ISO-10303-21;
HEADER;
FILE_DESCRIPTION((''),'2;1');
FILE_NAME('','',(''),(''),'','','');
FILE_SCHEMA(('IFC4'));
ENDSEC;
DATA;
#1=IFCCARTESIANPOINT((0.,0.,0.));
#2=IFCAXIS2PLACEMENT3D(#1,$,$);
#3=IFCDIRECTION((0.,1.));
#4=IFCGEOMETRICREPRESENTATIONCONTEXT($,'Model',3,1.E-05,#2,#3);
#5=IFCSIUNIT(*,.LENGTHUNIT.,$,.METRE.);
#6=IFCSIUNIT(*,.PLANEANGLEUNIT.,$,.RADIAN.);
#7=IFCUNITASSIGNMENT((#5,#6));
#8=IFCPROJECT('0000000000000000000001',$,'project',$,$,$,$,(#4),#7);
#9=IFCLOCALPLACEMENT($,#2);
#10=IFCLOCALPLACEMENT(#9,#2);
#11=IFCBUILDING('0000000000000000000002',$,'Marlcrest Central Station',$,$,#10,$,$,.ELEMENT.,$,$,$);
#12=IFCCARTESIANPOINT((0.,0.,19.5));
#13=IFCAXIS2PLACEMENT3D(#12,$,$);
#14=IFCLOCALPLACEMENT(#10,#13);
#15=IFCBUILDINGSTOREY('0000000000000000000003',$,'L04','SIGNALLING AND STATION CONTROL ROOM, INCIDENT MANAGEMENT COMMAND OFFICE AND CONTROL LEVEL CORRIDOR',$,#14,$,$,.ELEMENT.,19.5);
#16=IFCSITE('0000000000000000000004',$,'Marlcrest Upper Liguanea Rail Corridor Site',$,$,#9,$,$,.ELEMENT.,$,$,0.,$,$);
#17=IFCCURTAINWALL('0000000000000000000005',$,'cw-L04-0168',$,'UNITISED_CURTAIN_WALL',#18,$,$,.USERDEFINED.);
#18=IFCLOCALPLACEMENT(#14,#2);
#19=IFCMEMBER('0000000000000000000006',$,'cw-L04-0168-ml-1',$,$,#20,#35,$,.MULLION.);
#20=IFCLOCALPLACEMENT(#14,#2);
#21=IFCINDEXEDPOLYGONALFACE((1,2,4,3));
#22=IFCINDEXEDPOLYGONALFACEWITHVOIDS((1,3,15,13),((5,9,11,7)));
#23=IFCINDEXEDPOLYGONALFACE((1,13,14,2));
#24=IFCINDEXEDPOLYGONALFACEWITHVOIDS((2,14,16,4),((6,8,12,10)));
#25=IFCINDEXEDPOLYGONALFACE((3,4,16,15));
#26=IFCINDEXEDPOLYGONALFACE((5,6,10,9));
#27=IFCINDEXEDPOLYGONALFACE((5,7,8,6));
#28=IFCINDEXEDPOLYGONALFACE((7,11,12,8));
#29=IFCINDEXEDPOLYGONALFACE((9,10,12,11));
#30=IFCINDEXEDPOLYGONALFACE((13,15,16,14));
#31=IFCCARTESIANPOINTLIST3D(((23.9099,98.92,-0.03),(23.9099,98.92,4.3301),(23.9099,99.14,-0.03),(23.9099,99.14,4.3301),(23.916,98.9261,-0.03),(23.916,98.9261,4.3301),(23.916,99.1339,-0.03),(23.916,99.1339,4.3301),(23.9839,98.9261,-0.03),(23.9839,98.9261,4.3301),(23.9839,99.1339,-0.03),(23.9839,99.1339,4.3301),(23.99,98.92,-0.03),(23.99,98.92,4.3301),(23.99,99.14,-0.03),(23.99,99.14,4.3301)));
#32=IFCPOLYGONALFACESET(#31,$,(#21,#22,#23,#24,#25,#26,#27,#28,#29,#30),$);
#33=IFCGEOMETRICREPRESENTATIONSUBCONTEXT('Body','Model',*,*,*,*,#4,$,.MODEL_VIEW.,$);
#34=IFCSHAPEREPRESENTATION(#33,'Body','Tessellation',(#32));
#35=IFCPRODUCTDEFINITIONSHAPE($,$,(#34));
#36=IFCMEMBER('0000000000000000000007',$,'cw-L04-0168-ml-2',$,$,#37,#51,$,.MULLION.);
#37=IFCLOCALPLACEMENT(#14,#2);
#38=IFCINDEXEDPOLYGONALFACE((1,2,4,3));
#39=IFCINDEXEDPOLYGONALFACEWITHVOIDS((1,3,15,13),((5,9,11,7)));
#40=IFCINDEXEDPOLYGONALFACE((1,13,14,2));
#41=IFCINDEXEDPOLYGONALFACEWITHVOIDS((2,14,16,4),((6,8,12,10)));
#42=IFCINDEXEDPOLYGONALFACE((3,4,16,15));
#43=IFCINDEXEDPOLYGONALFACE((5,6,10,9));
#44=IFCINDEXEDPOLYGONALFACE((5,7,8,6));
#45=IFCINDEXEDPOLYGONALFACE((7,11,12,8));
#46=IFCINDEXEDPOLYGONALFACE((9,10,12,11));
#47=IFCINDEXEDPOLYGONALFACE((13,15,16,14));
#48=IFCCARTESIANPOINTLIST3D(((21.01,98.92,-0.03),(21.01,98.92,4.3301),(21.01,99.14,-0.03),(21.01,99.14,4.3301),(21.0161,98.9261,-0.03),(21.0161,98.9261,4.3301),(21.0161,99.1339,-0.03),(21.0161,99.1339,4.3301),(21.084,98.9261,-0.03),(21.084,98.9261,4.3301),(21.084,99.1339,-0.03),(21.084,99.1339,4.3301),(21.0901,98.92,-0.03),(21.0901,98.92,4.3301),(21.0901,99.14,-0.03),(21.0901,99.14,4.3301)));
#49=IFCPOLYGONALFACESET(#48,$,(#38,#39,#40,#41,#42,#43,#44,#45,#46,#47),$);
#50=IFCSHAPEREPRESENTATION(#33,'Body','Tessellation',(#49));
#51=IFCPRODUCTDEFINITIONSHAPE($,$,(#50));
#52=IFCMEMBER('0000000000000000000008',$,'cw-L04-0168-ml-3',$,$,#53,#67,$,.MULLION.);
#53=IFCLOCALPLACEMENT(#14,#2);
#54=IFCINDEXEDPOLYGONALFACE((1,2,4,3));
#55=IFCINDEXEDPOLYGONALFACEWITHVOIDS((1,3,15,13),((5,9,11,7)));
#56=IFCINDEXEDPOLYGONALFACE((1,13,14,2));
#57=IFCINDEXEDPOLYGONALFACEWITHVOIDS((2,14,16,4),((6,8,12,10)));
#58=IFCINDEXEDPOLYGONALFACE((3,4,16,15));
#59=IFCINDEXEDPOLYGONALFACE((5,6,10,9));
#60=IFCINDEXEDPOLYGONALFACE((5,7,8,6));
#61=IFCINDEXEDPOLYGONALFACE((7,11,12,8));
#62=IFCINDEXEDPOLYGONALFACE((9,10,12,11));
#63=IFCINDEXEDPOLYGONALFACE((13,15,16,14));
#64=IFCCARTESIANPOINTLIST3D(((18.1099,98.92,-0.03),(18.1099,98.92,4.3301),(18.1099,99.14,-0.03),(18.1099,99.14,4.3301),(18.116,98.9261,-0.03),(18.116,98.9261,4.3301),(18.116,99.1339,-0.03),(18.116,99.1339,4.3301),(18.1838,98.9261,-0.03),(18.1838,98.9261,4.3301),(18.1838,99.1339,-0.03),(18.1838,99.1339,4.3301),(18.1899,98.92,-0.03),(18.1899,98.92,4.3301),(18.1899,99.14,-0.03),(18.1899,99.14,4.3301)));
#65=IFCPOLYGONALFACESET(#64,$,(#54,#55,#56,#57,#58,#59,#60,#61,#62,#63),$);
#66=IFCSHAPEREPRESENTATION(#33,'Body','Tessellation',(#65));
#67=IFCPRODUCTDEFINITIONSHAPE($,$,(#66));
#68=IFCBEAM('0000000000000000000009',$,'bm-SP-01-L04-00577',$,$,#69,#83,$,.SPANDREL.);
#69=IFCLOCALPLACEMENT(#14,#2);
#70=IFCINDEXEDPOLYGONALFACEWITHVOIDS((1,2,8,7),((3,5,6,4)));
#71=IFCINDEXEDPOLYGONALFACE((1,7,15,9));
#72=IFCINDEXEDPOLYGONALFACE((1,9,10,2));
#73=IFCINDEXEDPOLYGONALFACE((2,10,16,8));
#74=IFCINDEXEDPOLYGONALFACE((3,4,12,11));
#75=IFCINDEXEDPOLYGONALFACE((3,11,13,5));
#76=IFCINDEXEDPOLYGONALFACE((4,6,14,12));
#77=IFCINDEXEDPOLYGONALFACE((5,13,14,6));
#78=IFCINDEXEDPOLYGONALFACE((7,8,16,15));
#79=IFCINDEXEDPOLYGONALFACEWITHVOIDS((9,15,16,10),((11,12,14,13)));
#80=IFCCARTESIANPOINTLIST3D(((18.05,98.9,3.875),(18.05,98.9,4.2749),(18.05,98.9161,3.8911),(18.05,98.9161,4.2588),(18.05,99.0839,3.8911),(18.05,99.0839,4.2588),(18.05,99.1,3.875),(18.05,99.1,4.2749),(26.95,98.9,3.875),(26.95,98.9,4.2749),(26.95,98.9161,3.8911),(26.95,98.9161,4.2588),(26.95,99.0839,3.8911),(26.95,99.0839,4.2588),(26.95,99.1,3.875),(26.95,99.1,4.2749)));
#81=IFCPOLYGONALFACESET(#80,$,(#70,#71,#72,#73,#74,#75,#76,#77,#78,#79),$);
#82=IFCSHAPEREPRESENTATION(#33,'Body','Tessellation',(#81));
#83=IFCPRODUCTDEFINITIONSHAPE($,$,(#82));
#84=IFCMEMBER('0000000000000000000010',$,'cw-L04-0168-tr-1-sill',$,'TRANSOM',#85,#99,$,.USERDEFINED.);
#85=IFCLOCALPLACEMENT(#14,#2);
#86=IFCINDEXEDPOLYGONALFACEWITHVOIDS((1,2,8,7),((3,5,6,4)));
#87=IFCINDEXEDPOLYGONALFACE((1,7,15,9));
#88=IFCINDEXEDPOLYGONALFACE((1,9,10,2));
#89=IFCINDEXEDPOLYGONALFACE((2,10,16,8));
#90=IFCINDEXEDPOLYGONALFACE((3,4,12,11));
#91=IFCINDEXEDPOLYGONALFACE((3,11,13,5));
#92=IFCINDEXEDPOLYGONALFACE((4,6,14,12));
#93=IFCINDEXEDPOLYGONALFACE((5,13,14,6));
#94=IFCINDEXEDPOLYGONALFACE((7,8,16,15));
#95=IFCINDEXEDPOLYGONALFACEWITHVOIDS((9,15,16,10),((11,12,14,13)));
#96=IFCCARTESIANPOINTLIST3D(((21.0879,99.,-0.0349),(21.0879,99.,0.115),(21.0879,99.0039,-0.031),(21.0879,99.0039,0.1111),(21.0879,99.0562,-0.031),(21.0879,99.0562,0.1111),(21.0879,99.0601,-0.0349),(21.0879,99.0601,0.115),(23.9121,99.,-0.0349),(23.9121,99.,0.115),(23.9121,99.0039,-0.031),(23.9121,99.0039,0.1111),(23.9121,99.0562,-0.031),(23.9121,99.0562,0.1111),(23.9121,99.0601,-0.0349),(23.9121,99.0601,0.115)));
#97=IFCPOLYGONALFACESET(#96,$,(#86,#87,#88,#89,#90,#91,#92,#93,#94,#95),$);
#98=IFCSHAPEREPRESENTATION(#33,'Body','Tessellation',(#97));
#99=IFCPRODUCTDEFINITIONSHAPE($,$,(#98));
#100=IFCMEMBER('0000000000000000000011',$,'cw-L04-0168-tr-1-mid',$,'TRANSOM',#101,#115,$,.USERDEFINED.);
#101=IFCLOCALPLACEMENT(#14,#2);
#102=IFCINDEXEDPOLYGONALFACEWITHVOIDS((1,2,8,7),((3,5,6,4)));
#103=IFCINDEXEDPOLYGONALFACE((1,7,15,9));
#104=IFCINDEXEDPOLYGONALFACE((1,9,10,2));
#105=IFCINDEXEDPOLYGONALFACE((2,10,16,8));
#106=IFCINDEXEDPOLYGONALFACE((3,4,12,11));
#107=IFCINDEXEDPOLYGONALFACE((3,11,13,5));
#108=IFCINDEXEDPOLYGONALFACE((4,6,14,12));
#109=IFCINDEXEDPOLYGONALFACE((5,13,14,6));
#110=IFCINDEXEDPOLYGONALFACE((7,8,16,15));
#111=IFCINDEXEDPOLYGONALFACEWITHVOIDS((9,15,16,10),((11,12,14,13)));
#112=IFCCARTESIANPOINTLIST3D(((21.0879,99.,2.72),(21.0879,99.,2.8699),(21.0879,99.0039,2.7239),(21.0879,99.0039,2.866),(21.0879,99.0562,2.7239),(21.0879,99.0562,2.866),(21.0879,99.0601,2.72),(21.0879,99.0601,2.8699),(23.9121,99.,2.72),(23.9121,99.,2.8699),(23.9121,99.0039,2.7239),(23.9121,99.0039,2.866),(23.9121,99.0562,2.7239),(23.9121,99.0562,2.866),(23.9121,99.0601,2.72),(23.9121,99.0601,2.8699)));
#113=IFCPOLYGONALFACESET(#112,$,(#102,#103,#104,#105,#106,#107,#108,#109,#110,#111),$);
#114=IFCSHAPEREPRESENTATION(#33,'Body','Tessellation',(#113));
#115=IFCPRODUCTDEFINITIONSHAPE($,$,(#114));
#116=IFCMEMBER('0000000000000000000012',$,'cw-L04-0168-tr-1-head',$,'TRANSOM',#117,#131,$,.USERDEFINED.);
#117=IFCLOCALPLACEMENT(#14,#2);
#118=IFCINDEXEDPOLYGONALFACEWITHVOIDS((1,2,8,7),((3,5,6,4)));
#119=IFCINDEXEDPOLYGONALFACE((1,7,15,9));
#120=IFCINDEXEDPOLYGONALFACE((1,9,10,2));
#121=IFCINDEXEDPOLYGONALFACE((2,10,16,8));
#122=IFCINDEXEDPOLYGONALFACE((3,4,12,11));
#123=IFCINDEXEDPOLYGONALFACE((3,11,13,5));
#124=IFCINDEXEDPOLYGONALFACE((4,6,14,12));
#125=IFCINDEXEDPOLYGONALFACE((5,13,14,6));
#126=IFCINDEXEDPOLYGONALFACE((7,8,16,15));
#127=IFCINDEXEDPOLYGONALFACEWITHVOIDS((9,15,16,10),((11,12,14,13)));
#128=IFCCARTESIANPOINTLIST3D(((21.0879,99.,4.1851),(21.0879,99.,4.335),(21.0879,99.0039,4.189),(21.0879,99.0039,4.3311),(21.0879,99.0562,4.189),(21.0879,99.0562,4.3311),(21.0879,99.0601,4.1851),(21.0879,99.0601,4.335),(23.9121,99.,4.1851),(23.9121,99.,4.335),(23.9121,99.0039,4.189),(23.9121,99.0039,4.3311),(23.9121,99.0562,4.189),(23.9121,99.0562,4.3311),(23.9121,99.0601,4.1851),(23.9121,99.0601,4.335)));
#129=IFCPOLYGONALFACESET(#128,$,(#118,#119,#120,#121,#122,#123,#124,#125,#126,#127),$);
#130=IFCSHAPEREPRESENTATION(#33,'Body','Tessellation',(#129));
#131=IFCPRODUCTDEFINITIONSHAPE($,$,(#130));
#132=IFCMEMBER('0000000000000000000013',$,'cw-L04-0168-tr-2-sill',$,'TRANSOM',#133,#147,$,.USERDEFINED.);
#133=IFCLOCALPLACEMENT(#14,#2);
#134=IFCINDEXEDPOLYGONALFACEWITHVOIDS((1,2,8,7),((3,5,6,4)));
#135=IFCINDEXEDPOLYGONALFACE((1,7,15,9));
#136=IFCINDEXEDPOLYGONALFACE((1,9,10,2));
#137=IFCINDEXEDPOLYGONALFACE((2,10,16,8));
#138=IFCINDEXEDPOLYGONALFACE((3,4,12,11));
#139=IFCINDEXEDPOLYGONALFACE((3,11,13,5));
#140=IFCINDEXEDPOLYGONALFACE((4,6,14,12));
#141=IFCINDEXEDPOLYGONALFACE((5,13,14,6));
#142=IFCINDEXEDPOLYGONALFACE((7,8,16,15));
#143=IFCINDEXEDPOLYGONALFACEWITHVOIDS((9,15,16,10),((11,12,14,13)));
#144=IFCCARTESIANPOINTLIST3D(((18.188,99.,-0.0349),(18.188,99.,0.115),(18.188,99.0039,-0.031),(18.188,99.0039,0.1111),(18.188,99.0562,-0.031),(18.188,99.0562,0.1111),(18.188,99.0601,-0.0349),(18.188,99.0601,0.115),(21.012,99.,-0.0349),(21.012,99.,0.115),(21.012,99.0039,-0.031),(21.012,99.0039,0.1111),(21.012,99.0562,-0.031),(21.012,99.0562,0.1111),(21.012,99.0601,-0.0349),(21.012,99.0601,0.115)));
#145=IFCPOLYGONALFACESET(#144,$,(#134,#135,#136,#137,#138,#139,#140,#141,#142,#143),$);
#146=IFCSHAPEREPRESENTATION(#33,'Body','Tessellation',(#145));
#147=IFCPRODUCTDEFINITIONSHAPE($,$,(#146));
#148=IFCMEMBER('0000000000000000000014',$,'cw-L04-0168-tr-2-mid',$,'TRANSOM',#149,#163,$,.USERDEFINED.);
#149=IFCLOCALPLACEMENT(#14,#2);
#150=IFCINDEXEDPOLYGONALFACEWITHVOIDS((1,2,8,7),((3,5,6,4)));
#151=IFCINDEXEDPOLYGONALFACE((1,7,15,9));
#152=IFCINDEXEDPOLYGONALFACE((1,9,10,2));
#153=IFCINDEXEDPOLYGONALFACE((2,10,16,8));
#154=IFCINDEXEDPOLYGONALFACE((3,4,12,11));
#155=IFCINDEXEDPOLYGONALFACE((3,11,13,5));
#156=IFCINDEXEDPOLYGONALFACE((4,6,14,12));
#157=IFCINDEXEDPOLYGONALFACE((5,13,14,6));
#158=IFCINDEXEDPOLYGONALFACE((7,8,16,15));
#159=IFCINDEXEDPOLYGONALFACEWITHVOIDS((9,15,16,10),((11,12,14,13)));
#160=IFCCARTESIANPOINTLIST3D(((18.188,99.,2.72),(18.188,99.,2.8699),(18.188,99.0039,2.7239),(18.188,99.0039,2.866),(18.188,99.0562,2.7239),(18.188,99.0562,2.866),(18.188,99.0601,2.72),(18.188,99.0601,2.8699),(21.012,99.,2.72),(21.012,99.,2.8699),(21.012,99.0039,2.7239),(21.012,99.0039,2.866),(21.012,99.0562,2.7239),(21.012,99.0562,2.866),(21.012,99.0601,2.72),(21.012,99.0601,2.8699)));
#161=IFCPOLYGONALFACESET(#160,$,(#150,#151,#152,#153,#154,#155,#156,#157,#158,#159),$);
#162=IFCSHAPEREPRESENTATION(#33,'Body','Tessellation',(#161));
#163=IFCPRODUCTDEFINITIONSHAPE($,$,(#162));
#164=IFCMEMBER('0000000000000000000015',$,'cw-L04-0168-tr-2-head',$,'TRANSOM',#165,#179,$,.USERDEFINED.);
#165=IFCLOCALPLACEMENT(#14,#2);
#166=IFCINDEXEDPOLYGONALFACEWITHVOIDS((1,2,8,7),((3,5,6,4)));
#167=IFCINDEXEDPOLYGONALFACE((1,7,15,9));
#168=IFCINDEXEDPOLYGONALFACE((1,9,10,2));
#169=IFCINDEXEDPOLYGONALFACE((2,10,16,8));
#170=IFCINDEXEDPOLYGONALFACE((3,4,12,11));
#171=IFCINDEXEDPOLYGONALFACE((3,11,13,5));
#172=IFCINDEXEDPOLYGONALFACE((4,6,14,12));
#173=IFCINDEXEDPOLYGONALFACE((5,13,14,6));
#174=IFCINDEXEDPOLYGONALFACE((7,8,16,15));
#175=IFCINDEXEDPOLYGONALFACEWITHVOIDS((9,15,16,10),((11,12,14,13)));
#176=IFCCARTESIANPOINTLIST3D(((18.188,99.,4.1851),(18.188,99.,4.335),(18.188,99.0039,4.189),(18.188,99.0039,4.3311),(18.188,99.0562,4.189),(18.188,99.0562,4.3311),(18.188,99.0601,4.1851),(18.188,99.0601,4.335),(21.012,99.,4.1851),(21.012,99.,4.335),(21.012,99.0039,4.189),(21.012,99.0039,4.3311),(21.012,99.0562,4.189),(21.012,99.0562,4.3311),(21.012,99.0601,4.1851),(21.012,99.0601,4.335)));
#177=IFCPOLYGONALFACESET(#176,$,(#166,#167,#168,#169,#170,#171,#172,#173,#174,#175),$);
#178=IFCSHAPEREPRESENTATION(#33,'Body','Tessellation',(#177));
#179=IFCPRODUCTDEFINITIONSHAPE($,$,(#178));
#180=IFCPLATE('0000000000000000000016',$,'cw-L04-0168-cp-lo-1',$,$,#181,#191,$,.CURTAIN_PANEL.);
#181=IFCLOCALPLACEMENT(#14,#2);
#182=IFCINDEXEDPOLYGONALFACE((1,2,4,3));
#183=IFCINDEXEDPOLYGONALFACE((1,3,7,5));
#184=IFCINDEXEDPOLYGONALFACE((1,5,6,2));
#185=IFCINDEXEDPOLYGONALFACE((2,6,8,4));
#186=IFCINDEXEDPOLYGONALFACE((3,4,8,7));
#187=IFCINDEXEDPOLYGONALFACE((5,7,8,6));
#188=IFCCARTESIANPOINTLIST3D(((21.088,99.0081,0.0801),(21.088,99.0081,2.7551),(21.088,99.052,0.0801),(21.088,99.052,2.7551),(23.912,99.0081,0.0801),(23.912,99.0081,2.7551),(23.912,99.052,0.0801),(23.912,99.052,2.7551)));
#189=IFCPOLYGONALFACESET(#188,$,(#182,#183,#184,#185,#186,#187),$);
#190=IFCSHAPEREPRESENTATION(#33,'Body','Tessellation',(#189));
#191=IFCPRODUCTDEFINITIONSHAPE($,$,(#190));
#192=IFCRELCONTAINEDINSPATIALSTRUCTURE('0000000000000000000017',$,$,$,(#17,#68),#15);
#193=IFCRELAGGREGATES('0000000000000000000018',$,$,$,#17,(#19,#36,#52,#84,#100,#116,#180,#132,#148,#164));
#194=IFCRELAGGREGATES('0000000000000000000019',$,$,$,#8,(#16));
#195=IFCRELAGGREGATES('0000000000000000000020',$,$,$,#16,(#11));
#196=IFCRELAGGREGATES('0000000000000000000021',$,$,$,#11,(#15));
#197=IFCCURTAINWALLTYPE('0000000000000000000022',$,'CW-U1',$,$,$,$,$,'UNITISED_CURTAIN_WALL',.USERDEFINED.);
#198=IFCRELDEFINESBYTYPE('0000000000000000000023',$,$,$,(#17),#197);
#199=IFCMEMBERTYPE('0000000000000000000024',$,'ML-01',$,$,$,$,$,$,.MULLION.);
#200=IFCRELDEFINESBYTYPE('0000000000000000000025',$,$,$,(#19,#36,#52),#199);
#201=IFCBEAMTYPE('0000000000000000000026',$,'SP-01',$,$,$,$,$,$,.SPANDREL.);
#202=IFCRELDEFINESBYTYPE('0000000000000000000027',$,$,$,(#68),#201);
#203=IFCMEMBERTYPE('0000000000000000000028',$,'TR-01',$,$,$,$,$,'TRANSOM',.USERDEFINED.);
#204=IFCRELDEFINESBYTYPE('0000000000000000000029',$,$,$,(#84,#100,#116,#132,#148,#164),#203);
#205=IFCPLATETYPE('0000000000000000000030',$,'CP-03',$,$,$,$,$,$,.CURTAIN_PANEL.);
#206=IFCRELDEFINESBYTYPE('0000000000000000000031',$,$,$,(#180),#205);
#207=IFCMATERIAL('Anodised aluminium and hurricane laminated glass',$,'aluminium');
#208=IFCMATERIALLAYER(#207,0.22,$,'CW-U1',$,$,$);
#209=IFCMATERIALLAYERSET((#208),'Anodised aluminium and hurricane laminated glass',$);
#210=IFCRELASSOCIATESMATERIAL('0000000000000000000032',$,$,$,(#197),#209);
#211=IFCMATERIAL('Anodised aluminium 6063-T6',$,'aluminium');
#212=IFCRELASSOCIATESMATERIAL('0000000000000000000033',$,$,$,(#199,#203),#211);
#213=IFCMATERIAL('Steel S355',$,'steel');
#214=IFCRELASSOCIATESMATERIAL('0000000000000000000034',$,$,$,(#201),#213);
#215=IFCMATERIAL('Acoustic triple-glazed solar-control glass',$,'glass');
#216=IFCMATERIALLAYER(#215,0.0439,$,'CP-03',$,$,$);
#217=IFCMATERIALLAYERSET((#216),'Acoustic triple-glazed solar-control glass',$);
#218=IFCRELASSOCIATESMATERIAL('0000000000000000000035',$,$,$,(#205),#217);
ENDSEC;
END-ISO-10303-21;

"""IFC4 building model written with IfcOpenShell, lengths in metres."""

from ifc_helpers import new_model, si_unit, direction, frame, origin, origin_2d, place, context, subcontext, project, spatial, rectangle, hollow_rectangle, extrude, material, layer, layer_set, material_profile, profile_set, type_object, element, aggregate, save


model = new_model("IFC4")

# Units and contexts
model_context = context("Model", 3, precision=1e-05, world=origin(), true_north=direction((0.0, 1.0)))
body_context = subcontext(model_context, "Body", "Model", "MODEL_VIEW")
ifc_project = project(units=[si_unit("LENGTHUNIT", "METRE"), si_unit("PLANEANGLEUNIT", "RADIAN")], contexts=[model_context])

# Site, building, storey
site_placement = place(None, origin())
site = spatial("IfcSite", under=ifc_project, at=site_placement, Name="Marlcrest Upper Liguanea Rail Corridor Site", CompositionType="ELEMENT", RefElevation=0.0)
building_placement = place(site_placement, origin())
building = spatial("IfcBuilding", under=site, at=building_placement, Name="Marlcrest Central Station", CompositionType="ELEMENT")
storey_placement = place(building_placement, frame((0.0, 0.0, 19.5)))
storey = spatial("IfcBuildingStorey", under=building, at=storey_placement, Name="L04", Description="SIGNALLING AND STATION CONTROL ROOM, INCIDENT MANAGEMENT COMMAND OFFICE AND CONTROL LEVEL CORRIDOR", CompositionType="ELEMENT", Elevation=19.5)

# Shared definitions
ifc_material_1 = material(Name="Steel S355", Category="steel")

# Curtain wall, members
ifc_material_2 = material(Name="Anodised aluminium and hurricane laminated glass", Category="aluminium")
ifc_layer_1 = layer(ifc_material_2, 0.22, Name="CW-U1")
ifc_layer_set_1 = layer_set([ifc_layer_1], Name="Anodised aluminium and hurricane laminated glass")
curtain_wall_type = type_object("IfcCurtainWallType", Name="CW-U1", ElementType="UNITISED_CURTAIN_WALL", PredefinedType="USERDEFINED", material=ifc_layer_set_1)
curtain_wall_placement = place(storey_placement, origin())
curtain_wall = element("IfcCurtainWall", 1, at=curtain_wall_placement, inside=storey, type_object=curtain_wall_type, Name="cw-L04-0168", ObjectType="UNITISED_CURTAIN_WALL", PredefinedType="USERDEFINED")
ifc_material_3 = material(Name="Anodised aluminium 6063-T6", Category="aluminium")
ifc_material_profile_1 = material_profile(ifc_material_3, hollow_rectangle(XDim=0.0801, YDim=0.22, WallThickness=0.0061, at=origin_2d()), Name="AA-RHS 220x80x6")
ifc_profile_set_1 = profile_set([ifc_material_profile_1], Name="Anodised aluminium 6063-T6")
member_type_1 = type_object("IfcMemberType", Name="ML-01", PredefinedType="MULLION", material=ifc_profile_set_1)
member_1_placement = place(storey_placement, frame((23.95, 99.03, -0.03), z_axis=(0.0, 0.0, 1.0), x_axis=(1.0, 0.0, 0.0)))
member_1 = element("IfcMember", 2, at=member_1_placement, type_object=member_type_1, Name="cw-L04-0168-ml-1", PredefinedType="MULLION", context=body_context, shape_type="SweptSolid", body=[
    extrude(hollow_rectangle(XDim=0.0801, YDim=0.22, WallThickness=0.0061, at=origin_2d()), origin(), (0.0, 0.0, 1.0), 4.3601),
])
member_2_placement = place(storey_placement, frame((21.05, 99.03, -0.03), z_axis=(0.0, 0.0, 1.0), x_axis=(1.0, 0.0, 0.0)))
member_2 = element("IfcMember", 3, at=member_2_placement, type_object=member_type_1, Name="cw-L04-0168-ml-2", PredefinedType="MULLION", context=body_context, shape_type="SweptSolid", body=[
    extrude(hollow_rectangle(XDim=0.0801, YDim=0.22, WallThickness=0.0061, at=origin_2d()), origin(), (0.0, 0.0, 1.0), 4.3601),
])
member_3_placement = place(storey_placement, frame((18.1499, 99.03, -0.03), z_axis=(0.0, 0.0, 1.0), x_axis=(1.0, 0.0, 0.0)))
member_3 = element("IfcMember", 4, at=member_3_placement, type_object=member_type_1, Name="cw-L04-0168-ml-3", PredefinedType="MULLION", context=body_context, shape_type="SweptSolid", body=[
    extrude(hollow_rectangle(XDim=0.0801, YDim=0.22, WallThickness=0.0061, at=origin_2d()), origin(), (0.0, 0.0, 1.0), 4.3601),
])

# Beam
ifc_material_profile_2 = material_profile(ifc_material_1, hollow_rectangle(XDim=0.2, YDim=0.3999, WallThickness=0.0161, at=origin_2d()), Name="RHS 400x200x16")
ifc_profile_set_2 = profile_set([ifc_material_profile_2], Name="Steel S355")
beam_type_1 = type_object("IfcBeamType", Name="SP-01", PredefinedType="SPANDREL", material=ifc_profile_set_2)
beam_1_placement = place(storey_placement, frame((18.05, 99.0, 4.075), z_axis=(1.0, 0.0, 0.0), x_axis=(0.0, 1.0, 0.0)))
element("IfcBeam", 5, at=beam_1_placement, inside=storey, type_object=beam_type_1, Name="bm-SP-01-L04-00577", PredefinedType="SPANDREL", context=body_context, shape_type="SweptSolid", body=[
    extrude(hollow_rectangle(XDim=0.2, YDim=0.3999, WallThickness=0.0161, at=origin_2d()), origin(), (0.0, 0.0, 1.0), 8.8999),
])

# Members
ifc_material_profile_3 = material_profile(ifc_material_3, hollow_rectangle(XDim=0.0601, YDim=0.1499, WallThickness=0.0039, at=origin_2d()), Name="AA-RHS 150x60x4")
ifc_profile_set_3 = profile_set([ifc_material_profile_3], Name="Anodised aluminium 6063-T6")
member_type_2 = type_object("IfcMemberType", Name="TR-01", ElementType="TRANSOM", PredefinedType="USERDEFINED", material=ifc_profile_set_3)
member_4_placement = place(storey_placement, frame((23.9121, 99.03, 0.04), z_axis=(-1.0, 0.0, 0.0), x_axis=(0.0, -1.0, 0.0)))
member_4 = element("IfcMember", 6, at=member_4_placement, type_object=member_type_2, Name="cw-L04-0168-tr-1-sill", ObjectType="TRANSOM", PredefinedType="USERDEFINED", context=body_context, shape_type="SweptSolid", body=[
    extrude(hollow_rectangle(XDim=0.0601, YDim=0.1499, WallThickness=0.0039, at=origin_2d()), origin(), (0.0, 0.0, 1.0), 2.8242),
])
member_5_placement = place(storey_placement, frame((23.9121, 99.03, 2.7949), z_axis=(-1.0, 0.0, 0.0), x_axis=(0.0, -1.0, 0.0)))
member_5 = element("IfcMember", 7, at=member_5_placement, type_object=member_type_2, Name="cw-L04-0168-tr-1-mid", ObjectType="TRANSOM", PredefinedType="USERDEFINED", context=body_context, shape_type="SweptSolid", body=[
    extrude(hollow_rectangle(XDim=0.0601, YDim=0.1499, WallThickness=0.0039, at=origin_2d()), origin(), (0.0, 0.0, 1.0), 2.8242),
])
member_6_placement = place(storey_placement, frame((23.9121, 99.03, 4.26), z_axis=(-1.0, 0.0, 0.0), x_axis=(0.0, -1.0, 0.0)))
member_6 = element("IfcMember", 8, at=member_6_placement, type_object=member_type_2, Name="cw-L04-0168-tr-1-head", ObjectType="TRANSOM", PredefinedType="USERDEFINED", context=body_context, shape_type="SweptSolid", body=[
    extrude(hollow_rectangle(XDim=0.0601, YDim=0.1499, WallThickness=0.0039, at=origin_2d()), origin(), (0.0, 0.0, 1.0), 2.8242),
])
member_7_placement = place(storey_placement, frame((21.012, 99.03, 0.04), z_axis=(-1.0, 0.0, 0.0), x_axis=(0.0, -1.0, 0.0)))
member_7 = element("IfcMember", 9, at=member_7_placement, type_object=member_type_2, Name="cw-L04-0168-tr-2-sill", ObjectType="TRANSOM", PredefinedType="USERDEFINED", context=body_context, shape_type="SweptSolid", body=[
    extrude(hollow_rectangle(XDim=0.0601, YDim=0.1499, WallThickness=0.0039, at=origin_2d()), origin(), (0.0, 0.0, 1.0), 2.824),
])
member_8_placement = place(storey_placement, frame((21.012, 99.03, 2.7949), z_axis=(-1.0, 0.0, 0.0), x_axis=(0.0, -1.0, 0.0)))
member_8 = element("IfcMember", 10, at=member_8_placement, type_object=member_type_2, Name="cw-L04-0168-tr-2-mid", ObjectType="TRANSOM", PredefinedType="USERDEFINED", context=body_context, shape_type="SweptSolid", body=[
    extrude(hollow_rectangle(XDim=0.0601, YDim=0.1499, WallThickness=0.0039, at=origin_2d()), origin(), (0.0, 0.0, 1.0), 2.824),
])
member_9_placement = place(storey_placement, frame((21.012, 99.03, 4.26), z_axis=(-1.0, 0.0, 0.0), x_axis=(0.0, -1.0, 0.0)))
member_9 = element("IfcMember", 11, at=member_9_placement, type_object=member_type_2, Name="cw-L04-0168-tr-2-head", ObjectType="TRANSOM", PredefinedType="USERDEFINED", context=body_context, shape_type="SweptSolid", body=[
    extrude(hollow_rectangle(XDim=0.0601, YDim=0.1499, WallThickness=0.0039, at=origin_2d()), origin(), (0.0, 0.0, 1.0), 2.824),
])

# Plate
ifc_material_4 = material(Name="Acoustic triple-glazed solar-control glass", Category="glass")
ifc_layer_2 = layer(ifc_material_4, 0.0439, Name="CP-03")
ifc_layer_set_2 = layer_set([ifc_layer_2], Name="Acoustic triple-glazed solar-control glass")
plate_type_1 = type_object("IfcPlateType", Name="CP-03", PredefinedType="CURTAIN_PANEL", material=ifc_layer_set_2)
plate_1_placement = place(storey_placement, frame((22.5, 99.03, 0.0801), z_axis=(0.0, 0.0, 1.0), x_axis=(-1.0, 0.0, 0.0)))
plate_1 = element("IfcPlate", 12, at=plate_1_placement, type_object=plate_type_1, Name="cw-L04-0168-cp-lo-1", PredefinedType="CURTAIN_PANEL", context=body_context, shape_type="SweptSolid", body=[
    extrude(rectangle(XDim=2.824, YDim=0.0439, at=origin_2d()), origin(), (0.0, 0.0, 1.0), 2.675),
])
aggregate(curtain_wall, [member_1, member_2, member_3, member_4, member_5, member_6, plate_1, member_7, member_8, member_9])

save(model, "model.ifc")
